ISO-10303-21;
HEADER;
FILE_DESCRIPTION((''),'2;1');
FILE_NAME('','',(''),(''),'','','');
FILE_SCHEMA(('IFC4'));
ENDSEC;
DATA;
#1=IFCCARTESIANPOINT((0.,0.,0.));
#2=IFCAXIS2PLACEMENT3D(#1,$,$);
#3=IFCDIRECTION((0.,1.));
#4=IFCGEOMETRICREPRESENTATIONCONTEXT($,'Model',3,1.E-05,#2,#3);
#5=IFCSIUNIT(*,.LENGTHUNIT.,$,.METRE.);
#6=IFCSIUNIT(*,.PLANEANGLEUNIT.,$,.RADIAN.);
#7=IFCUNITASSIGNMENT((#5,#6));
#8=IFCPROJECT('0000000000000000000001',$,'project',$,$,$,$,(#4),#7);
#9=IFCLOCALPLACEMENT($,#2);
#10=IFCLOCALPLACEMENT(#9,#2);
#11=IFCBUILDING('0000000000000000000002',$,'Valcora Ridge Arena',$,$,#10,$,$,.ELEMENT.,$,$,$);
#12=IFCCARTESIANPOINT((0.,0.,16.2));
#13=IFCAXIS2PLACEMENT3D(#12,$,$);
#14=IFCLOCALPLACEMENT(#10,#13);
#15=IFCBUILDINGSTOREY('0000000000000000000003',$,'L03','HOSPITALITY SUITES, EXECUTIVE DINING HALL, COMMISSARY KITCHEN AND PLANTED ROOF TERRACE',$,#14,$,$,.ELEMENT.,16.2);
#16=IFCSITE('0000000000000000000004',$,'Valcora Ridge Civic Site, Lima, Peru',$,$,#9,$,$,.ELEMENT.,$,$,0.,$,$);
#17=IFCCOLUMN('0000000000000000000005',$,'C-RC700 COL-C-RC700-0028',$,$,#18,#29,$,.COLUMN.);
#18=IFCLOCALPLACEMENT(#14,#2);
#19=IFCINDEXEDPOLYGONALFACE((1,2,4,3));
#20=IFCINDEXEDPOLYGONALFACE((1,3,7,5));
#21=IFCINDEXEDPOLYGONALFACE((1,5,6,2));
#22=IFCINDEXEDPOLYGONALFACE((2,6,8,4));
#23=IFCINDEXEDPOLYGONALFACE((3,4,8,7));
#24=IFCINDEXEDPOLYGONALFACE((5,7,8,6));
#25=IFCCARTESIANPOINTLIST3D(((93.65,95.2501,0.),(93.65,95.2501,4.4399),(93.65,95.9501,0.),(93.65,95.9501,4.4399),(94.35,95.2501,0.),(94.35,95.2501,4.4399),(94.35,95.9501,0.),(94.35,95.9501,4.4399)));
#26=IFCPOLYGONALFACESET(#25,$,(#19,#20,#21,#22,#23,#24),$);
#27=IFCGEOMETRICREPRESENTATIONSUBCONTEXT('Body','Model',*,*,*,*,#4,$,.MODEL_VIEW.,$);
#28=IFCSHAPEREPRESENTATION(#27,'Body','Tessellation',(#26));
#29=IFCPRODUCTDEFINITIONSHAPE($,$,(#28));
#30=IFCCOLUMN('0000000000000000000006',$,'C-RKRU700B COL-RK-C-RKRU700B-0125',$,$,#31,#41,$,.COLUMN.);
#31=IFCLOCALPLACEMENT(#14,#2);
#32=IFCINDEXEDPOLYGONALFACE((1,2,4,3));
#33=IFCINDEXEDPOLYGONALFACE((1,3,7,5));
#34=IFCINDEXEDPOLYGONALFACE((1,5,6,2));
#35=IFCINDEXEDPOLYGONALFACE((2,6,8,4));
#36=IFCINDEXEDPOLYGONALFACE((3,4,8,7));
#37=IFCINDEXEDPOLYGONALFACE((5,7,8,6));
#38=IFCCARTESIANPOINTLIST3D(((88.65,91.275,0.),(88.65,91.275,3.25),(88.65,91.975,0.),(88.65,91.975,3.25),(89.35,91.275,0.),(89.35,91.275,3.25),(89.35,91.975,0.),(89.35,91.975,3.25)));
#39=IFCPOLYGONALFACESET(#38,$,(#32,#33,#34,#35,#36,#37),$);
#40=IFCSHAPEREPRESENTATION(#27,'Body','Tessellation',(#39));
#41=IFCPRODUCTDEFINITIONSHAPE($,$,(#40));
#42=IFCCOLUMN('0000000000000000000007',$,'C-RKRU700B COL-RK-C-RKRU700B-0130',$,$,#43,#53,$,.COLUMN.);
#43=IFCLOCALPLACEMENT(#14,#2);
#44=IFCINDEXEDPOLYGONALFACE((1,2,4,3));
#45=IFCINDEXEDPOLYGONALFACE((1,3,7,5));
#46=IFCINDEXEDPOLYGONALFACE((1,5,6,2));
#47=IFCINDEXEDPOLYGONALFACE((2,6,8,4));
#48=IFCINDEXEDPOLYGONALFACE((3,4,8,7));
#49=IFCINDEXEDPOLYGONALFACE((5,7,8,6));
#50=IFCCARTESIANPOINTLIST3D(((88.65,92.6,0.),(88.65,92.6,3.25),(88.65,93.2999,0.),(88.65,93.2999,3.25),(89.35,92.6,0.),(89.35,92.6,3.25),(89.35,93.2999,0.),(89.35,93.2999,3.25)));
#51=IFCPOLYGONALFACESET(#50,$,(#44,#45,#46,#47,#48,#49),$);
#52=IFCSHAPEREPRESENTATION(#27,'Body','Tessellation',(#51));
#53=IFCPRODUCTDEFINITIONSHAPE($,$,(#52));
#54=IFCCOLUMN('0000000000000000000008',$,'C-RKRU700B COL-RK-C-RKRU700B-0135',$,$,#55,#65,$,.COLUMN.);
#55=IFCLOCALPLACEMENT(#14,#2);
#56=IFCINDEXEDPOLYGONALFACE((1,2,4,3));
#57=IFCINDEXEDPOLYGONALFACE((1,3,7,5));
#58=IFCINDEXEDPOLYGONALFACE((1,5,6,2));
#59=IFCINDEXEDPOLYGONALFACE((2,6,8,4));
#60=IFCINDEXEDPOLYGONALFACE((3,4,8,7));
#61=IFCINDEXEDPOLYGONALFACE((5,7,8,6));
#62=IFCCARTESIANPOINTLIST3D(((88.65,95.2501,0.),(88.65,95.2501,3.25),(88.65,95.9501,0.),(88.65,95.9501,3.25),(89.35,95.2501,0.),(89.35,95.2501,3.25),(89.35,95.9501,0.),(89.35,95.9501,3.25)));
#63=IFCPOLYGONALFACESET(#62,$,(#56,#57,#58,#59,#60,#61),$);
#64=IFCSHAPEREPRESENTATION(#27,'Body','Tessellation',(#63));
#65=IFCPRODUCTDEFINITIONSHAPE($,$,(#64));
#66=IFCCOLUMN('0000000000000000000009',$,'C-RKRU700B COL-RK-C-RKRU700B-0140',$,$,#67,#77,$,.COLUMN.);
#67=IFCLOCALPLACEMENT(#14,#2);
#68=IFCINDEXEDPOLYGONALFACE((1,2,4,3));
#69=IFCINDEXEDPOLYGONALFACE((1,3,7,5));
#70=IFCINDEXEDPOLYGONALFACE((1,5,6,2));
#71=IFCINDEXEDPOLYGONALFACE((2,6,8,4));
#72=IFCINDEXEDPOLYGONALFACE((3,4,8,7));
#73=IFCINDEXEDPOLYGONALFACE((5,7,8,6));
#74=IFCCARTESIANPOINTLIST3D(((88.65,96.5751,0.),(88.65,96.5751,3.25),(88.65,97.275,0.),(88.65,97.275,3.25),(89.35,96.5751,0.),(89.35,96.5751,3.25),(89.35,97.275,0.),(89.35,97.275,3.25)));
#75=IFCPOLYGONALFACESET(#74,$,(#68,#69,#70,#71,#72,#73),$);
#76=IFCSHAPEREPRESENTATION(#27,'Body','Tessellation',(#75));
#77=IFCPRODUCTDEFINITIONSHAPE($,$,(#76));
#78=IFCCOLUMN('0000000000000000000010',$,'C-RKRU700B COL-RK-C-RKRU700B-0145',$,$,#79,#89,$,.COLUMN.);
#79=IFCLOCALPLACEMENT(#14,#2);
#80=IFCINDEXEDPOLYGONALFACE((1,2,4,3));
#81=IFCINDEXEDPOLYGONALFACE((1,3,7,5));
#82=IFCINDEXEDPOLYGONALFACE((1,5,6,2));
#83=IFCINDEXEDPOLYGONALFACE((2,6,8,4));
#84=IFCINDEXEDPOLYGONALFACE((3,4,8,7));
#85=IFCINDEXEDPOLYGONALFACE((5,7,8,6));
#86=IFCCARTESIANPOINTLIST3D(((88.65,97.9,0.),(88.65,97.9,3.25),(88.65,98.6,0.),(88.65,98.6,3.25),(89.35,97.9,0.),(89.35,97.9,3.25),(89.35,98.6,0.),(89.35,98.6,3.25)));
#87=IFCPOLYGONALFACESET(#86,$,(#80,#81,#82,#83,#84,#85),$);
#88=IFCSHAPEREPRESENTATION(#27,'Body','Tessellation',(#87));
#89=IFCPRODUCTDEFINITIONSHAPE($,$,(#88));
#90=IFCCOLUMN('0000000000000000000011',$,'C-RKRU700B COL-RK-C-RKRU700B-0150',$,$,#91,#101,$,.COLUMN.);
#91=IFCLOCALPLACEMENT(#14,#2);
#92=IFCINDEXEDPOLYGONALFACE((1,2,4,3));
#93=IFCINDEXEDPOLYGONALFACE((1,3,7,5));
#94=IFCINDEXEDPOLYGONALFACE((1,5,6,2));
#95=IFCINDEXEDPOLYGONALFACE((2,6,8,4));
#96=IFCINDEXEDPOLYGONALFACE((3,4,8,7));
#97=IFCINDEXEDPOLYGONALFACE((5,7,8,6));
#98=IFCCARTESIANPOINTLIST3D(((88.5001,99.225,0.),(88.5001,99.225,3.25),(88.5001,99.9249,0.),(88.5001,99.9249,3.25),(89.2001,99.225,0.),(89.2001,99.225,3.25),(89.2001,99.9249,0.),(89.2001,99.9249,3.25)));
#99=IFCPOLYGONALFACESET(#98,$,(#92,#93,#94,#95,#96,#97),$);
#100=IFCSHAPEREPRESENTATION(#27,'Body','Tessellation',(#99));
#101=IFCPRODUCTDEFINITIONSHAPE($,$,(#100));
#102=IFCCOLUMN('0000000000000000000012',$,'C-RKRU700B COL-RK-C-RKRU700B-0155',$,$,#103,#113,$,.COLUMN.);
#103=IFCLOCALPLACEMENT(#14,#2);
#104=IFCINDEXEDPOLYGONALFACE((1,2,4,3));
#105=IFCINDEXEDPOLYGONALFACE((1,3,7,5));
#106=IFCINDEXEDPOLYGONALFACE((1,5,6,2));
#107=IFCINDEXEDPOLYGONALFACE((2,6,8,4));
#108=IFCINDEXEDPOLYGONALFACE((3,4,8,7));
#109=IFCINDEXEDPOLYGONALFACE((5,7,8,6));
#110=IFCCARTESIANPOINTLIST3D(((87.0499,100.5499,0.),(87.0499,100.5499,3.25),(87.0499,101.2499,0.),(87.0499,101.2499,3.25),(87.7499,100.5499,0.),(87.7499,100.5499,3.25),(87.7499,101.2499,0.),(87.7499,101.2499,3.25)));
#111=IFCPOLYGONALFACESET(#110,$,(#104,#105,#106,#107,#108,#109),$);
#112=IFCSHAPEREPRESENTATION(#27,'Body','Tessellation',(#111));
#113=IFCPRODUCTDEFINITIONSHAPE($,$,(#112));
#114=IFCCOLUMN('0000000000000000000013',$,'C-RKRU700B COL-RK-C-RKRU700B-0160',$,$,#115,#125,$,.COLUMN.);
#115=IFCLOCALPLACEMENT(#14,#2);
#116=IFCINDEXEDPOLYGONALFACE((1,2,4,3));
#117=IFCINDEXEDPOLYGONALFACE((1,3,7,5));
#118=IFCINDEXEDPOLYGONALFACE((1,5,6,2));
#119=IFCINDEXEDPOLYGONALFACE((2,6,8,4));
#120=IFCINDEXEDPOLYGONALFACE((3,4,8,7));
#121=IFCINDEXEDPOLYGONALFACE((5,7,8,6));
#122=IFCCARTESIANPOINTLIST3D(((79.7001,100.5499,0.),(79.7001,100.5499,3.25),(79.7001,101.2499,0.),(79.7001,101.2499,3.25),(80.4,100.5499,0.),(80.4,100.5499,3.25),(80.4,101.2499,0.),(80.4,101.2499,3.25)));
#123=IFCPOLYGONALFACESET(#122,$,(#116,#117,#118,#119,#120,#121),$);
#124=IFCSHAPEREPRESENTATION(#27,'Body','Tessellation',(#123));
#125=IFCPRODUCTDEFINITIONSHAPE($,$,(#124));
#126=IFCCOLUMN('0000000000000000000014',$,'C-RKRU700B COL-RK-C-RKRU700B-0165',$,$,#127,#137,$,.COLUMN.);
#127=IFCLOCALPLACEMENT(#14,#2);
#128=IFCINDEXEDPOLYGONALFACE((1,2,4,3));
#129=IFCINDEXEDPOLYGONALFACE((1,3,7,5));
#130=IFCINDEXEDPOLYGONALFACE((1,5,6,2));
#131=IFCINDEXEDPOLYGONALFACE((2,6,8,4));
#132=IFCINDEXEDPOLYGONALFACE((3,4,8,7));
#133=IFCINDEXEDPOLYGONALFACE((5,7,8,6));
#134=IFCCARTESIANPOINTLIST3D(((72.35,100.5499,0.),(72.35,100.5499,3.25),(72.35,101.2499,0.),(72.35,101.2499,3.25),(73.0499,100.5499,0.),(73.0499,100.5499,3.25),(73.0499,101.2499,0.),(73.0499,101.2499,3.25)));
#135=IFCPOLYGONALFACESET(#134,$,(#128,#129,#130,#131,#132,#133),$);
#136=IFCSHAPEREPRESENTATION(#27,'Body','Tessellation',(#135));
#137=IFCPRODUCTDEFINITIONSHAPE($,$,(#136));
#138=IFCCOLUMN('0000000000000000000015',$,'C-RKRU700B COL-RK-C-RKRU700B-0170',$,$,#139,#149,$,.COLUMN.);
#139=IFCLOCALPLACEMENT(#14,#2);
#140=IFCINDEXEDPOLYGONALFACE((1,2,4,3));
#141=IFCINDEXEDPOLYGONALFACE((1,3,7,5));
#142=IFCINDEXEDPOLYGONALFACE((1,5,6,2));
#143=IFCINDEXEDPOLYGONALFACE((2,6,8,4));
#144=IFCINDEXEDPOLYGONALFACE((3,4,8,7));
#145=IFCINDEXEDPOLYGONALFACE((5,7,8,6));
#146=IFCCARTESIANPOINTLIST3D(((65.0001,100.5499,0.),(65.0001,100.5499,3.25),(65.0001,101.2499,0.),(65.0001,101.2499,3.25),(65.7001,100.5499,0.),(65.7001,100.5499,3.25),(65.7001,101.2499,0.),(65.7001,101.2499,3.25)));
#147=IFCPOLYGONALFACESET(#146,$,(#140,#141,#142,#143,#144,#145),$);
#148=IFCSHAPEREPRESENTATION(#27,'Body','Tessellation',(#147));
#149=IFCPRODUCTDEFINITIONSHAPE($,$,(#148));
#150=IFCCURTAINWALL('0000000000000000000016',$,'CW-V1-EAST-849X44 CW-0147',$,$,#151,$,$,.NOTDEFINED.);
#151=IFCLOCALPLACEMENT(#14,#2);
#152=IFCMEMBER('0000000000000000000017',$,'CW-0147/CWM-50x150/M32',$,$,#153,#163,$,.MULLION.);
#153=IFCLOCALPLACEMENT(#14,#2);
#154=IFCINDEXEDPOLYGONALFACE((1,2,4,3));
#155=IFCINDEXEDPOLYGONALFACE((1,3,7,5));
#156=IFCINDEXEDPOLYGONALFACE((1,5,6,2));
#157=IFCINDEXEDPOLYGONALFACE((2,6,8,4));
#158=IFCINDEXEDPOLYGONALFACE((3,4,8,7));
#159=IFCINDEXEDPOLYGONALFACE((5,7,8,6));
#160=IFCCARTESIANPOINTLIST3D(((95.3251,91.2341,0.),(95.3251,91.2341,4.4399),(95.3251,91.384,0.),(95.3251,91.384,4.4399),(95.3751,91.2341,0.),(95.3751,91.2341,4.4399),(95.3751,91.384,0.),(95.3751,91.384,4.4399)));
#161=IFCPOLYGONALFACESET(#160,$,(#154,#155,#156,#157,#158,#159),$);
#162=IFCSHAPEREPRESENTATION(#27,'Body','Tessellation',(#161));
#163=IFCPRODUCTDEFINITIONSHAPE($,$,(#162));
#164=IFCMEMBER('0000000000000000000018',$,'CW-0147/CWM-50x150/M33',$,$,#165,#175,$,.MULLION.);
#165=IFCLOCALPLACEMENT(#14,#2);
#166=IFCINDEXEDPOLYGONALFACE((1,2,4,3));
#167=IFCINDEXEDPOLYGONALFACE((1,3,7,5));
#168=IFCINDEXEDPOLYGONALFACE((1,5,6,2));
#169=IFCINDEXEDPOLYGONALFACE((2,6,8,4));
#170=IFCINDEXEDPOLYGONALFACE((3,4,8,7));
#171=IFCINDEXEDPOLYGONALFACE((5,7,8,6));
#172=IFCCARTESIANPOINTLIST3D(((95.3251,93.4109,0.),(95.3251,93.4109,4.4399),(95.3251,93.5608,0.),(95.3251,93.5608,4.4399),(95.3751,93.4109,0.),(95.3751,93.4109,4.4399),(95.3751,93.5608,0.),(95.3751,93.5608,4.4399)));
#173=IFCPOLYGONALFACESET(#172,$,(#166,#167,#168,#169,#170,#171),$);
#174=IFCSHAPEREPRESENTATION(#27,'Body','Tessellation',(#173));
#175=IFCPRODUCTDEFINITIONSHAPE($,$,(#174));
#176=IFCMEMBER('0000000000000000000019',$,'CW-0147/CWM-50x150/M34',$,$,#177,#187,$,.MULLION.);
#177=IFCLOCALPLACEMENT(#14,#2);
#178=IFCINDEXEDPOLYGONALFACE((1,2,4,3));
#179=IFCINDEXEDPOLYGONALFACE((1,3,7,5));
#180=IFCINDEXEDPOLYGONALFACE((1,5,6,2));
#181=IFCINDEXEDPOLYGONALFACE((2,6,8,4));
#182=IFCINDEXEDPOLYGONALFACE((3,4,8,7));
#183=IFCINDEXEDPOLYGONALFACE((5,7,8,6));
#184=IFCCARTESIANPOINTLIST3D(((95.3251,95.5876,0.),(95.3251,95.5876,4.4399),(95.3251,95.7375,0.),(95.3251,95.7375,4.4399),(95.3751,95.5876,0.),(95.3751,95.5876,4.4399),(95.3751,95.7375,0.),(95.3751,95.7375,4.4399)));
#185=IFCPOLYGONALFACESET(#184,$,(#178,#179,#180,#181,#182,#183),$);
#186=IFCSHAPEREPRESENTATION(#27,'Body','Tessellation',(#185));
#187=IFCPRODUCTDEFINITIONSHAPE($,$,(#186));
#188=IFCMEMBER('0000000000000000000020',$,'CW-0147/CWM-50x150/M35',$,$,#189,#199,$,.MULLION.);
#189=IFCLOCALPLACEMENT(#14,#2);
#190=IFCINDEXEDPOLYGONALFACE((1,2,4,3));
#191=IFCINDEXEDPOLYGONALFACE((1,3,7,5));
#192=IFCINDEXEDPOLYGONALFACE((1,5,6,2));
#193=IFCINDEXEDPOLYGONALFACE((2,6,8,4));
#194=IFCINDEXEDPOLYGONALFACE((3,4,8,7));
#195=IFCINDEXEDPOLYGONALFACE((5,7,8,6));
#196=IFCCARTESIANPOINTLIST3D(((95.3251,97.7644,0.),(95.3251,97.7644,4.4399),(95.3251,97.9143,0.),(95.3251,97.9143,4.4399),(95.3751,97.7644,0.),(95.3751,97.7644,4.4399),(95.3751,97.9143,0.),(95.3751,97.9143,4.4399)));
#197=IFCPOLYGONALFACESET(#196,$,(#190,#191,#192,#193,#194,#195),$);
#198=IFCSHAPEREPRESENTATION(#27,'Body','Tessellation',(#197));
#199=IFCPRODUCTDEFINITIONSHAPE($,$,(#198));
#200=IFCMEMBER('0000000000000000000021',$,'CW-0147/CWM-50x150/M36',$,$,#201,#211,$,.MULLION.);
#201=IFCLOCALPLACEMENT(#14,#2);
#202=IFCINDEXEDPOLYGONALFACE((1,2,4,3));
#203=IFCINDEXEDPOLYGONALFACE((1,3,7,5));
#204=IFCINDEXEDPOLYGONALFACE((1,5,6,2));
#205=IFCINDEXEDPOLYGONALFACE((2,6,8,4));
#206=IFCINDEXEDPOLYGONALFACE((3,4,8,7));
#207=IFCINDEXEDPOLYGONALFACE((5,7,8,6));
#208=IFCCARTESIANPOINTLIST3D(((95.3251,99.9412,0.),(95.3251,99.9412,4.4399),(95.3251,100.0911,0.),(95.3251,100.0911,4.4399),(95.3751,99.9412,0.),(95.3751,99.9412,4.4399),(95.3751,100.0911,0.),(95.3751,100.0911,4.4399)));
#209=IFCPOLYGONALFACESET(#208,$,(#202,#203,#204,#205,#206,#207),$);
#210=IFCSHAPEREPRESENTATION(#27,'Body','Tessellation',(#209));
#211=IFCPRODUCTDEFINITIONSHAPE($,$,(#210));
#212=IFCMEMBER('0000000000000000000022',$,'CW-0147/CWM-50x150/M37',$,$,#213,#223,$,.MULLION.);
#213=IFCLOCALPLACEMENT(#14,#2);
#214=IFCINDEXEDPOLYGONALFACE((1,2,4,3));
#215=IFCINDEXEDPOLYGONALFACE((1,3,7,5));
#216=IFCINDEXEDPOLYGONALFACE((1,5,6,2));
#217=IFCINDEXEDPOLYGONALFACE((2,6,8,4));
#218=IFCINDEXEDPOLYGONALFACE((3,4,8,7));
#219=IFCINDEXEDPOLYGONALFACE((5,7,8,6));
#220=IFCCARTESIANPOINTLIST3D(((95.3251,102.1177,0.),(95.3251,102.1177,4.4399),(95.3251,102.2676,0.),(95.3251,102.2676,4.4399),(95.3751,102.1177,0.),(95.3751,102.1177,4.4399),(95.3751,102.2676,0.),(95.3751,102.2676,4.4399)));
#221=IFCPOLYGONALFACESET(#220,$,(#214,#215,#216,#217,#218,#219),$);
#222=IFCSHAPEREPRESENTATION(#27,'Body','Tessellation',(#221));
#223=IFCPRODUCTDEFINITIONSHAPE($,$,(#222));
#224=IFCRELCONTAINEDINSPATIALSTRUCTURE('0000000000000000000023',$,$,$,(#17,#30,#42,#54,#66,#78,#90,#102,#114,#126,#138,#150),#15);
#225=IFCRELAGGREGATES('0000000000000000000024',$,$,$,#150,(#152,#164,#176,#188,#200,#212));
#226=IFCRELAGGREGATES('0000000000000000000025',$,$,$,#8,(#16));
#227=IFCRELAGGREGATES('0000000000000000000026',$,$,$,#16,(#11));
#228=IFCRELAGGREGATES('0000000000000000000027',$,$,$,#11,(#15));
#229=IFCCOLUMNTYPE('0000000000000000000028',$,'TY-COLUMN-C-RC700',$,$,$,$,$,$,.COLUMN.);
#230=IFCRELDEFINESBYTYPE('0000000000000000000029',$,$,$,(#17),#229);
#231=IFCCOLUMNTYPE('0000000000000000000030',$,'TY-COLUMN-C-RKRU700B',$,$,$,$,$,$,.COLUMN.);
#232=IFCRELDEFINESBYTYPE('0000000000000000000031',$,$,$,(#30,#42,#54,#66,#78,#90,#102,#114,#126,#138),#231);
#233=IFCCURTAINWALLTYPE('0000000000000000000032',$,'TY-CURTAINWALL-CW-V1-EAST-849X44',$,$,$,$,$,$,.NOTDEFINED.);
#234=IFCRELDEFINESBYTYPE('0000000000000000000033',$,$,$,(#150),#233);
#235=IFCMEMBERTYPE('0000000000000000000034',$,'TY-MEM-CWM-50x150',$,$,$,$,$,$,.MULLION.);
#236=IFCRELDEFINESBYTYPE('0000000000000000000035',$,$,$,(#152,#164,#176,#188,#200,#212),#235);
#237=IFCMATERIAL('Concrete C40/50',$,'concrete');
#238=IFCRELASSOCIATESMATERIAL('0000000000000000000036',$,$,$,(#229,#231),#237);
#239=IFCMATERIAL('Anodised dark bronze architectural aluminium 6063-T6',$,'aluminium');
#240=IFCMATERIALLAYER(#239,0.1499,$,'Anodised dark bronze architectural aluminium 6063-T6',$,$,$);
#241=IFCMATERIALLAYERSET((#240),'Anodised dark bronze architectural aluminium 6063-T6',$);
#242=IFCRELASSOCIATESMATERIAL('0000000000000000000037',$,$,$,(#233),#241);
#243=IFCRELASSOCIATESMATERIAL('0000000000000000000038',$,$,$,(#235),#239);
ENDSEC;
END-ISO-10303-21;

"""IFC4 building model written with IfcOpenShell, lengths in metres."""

from ifc_helpers import new_model, si_unit, direction, frame, origin, origin_2d, place, context, subcontext, project, spatial, rectangle, extrude, material, layer, layer_set, material_profile, profile_set, type_object, element, aggregate, save


model = new_model("IFC4")

# Units and contexts
model_context = context("Model", 3, precision=1e-05, world=origin(), true_north=direction((0.0, 1.0)))
body_context = subcontext(model_context, "Body", "Model", "MODEL_VIEW")
ifc_project = project(units=[si_unit("LENGTHUNIT", "METRE"), si_unit("PLANEANGLEUNIT", "RADIAN")], contexts=[model_context])

# Site, building, storey
site_placement = place(None, origin())
site = spatial("IfcSite", under=ifc_project, at=site_placement, Name="Valcora Ridge Civic Site, Lima, Peru", CompositionType="ELEMENT", RefElevation=0.0)
building_placement = place(site_placement, origin())
building = spatial("IfcBuilding", under=site, at=building_placement, Name="Valcora Ridge Arena", CompositionType="ELEMENT")
storey_placement = place(building_placement, frame((0.0, 0.0, 16.2)))
storey = spatial("IfcBuildingStorey", under=building, at=storey_placement, Name="L03", Description="HOSPITALITY SUITES, EXECUTIVE DINING HALL, COMMISSARY KITCHEN AND PLANTED ROOF TERRACE", CompositionType="ELEMENT", Elevation=16.2)

# Columns
ifc_material_1 = material(Name="Concrete C40/50", Category="concrete")
ifc_material_profile_1 = material_profile(ifc_material_1, rectangle(XDim=0.7, YDim=0.7, at=origin_2d()), Name="RC 700x700")
ifc_profile_set_1 = profile_set([ifc_material_profile_1], Name="Concrete C40/50")
column_type_1 = type_object("IfcColumnType", Name="TY-COLUMN-C-RC700", PredefinedType="COLUMN", material=ifc_profile_set_1)
column_placement = place(storey_placement, frame((94.0, 95.6001, 0.0), z_axis=(0.0, 0.0, 1.0), x_axis=(1.0, 0.0, 0.0)))
element("IfcColumn", 1, at=column_placement, inside=storey, type_object=column_type_1, Name="C-RC700 COL-C-RC700-0028", PredefinedType="COLUMN", context=body_context, shape_type="SweptSolid", body=[
    extrude(rectangle(XDim=0.7, YDim=0.7, at=origin_2d()), origin(), (0.0, 0.0, 1.0), 4.4399),
])
ifc_material_profile_2 = material_profile(ifc_material_1, rectangle(XDim=0.7, YDim=0.7, at=origin_2d()), Name="RC 700x700")
ifc_profile_set_2 = profile_set([ifc_material_profile_2], Name="Concrete C40/50")
column_type_2 = type_object("IfcColumnType", Name="TY-COLUMN-C-RKRU700B", PredefinedType="COLUMN", material=ifc_profile_set_2)
for number, where, z_axis, x_axis, name in (
    (2, (89.0, 91.625, 0.0), (0.0, 0.0, 1.0), (1.0, 0.0, 0.0), "C-RKRU700B COL-RK-C-RKRU700B-0125"),
    (3, (89.0, 92.95, 0.0), (0.0, 0.0, 1.0), (1.0, 0.0, 0.0), "C-RKRU700B COL-RK-C-RKRU700B-0130"),
    (4, (89.0, 95.6001, 0.0), (0.0, 0.0, 1.0), (1.0, 0.0, 0.0), "C-RKRU700B COL-RK-C-RKRU700B-0135"),
    (5, (89.0, 96.925, 0.0), (0.0, 0.0, 1.0), (1.0, 0.0, 0.0), "C-RKRU700B COL-RK-C-RKRU700B-0140"),
    (6, (89.0, 98.25, 0.0), (0.0, 0.0, 1.0), (1.0, 0.0, 0.0), "C-RKRU700B COL-RK-C-RKRU700B-0145"),
    (7, (88.8501, 99.575, 0.0), (0.0, 0.0, 1.0), (1.0, 0.0, 0.0), "C-RKRU700B COL-RK-C-RKRU700B-0150"),
    (8, (87.3999, 100.8999, 0.0), (0.0, 0.0, 1.0), (1.0, 0.0, 0.0), "C-RKRU700B COL-RK-C-RKRU700B-0155"),
    (9, (80.05, 100.8999, 0.0), (0.0, 0.0, 1.0), (1.0, 0.0, 0.0), "C-RKRU700B COL-RK-C-RKRU700B-0160"),
    (10, (72.7, 100.8999, 0.0), (0.0, 0.0, 1.0), (1.0, 0.0, 0.0), "C-RKRU700B COL-RK-C-RKRU700B-0165"),
    (11, (65.3501, 100.8999, 0.0), (0.0, 0.0, 1.0), (1.0, 0.0, 0.0), "C-RKRU700B COL-RK-C-RKRU700B-0170"),
):
    element("IfcColumn", number, at=place(storey_placement, frame(where, z_axis=z_axis, x_axis=x_axis)), inside=storey, type_object=column_type_2, Name=name, PredefinedType="COLUMN", context=body_context, shape_type="SweptSolid", body=[
        extrude(rectangle(XDim=0.7, YDim=0.7, at=origin_2d()), origin(), (0.0, 0.0, 1.0), 3.25),
    ])

# Curtain wall, members
ifc_material_2 = material(Name="Anodised dark bronze architectural aluminium 6063-T6", Category="aluminium")
ifc_layer_1 = layer(ifc_material_2, 0.1499, Name="Anodised dark bronze architectural aluminium 6063-T6")
ifc_layer_set_1 = layer_set([ifc_layer_1], Name="Anodised dark bronze architectural aluminium 6063-T6")
curtain_wall_type = type_object("IfcCurtainWallType", Name="TY-CURTAINWALL-CW-V1-EAST-849X44", PredefinedType="NOTDEFINED", material=ifc_layer_set_1)
curtain_wall_placement = place(storey_placement, origin())
curtain_wall = element("IfcCurtainWall", 12, at=curtain_wall_placement, inside=storey, type_object=curtain_wall_type, Name="CW-V1-EAST-849X44 CW-0147", PredefinedType="NOTDEFINED")
ifc_material_profile_3 = material_profile(ifc_material_2, rectangle(XDim=0.05, YDim=0.1499, at=origin_2d()), Name="ALU MULLION 50x150")
ifc_profile_set_3 = profile_set([ifc_material_profile_3], Name="Anodised dark bronze architectural aluminium 6063-T6")
member_type_1 = type_object("IfcMemberType", Name="TY-MEM-CWM-50x150", PredefinedType="MULLION", material=ifc_profile_set_3)
member_1_placement = place(storey_placement, frame((95.3501, 91.3091, 0.0), z_axis=(0.0, 0.0, 1.0), x_axis=(-1.0, 0.0, 0.0)))
member_1 = element("IfcMember", 13, at=member_1_placement, type_object=member_type_1, Name="CW-0147/CWM-50x150/M32", PredefinedType="MULLION", context=body_context, shape_type="SweptSolid", body=[
    extrude(rectangle(XDim=0.05, YDim=0.1499, at=origin_2d()), origin(), (0.0, 0.0, 1.0), 4.4399),
])
member_2_placement = place(storey_placement, frame((95.3501, 93.4858, 0.0), z_axis=(0.0, 0.0, 1.0), x_axis=(-1.0, 0.0, 0.0)))
member_2 = element("IfcMember", 14, at=member_2_placement, type_object=member_type_1, Name="CW-0147/CWM-50x150/M33", PredefinedType="MULLION", context=body_context, shape_type="SweptSolid", body=[
    extrude(rectangle(XDim=0.05, YDim=0.1499, at=origin_2d()), origin(), (0.0, 0.0, 1.0), 4.4399),
])
member_3_placement = place(storey_placement, frame((95.3501, 95.6626, 0.0), z_axis=(0.0, 0.0, 1.0), x_axis=(-1.0, 0.0, 0.0)))
member_3 = element("IfcMember", 15, at=member_3_placement, type_object=member_type_1, Name="CW-0147/CWM-50x150/M34", PredefinedType="MULLION", context=body_context, shape_type="SweptSolid", body=[
    extrude(rectangle(XDim=0.05, YDim=0.1499, at=origin_2d()), origin(), (0.0, 0.0, 1.0), 4.4399),
])
member_4_placement = place(storey_placement, frame((95.3501, 97.8394, 0.0), z_axis=(0.0, 0.0, 1.0), x_axis=(-1.0, 0.0, 0.0)))
member_4 = element("IfcMember", 16, at=member_4_placement, type_object=member_type_1, Name="CW-0147/CWM-50x150/M35", PredefinedType="MULLION", context=body_context, shape_type="SweptSolid", body=[
    extrude(rectangle(XDim=0.05, YDim=0.1499, at=origin_2d()), origin(), (0.0, 0.0, 1.0), 4.4399),
])
member_5_placement = place(storey_placement, frame((95.3501, 100.0161, 0.0), z_axis=(0.0, 0.0, 1.0), x_axis=(-1.0, 0.0, 0.0)))
member_5 = element("IfcMember", 17, at=member_5_placement, type_object=member_type_1, Name="CW-0147/CWM-50x150/M36", PredefinedType="MULLION", context=body_context, shape_type="SweptSolid", body=[
    extrude(rectangle(XDim=0.05, YDim=0.1499, at=origin_2d()), origin(), (0.0, 0.0, 1.0), 4.4399),
])
member_6_placement = place(storey_placement, frame((95.3501, 102.1926, 0.0), z_axis=(0.0, 0.0, 1.0), x_axis=(-1.0, 0.0, 0.0)))
member_6 = element("IfcMember", 18, at=member_6_placement, type_object=member_type_1, Name="CW-0147/CWM-50x150/M37", PredefinedType="MULLION", context=body_context, shape_type="SweptSolid", body=[
    extrude(rectangle(XDim=0.05, YDim=0.1499, at=origin_2d()), origin(), (0.0, 0.0, 1.0), 4.4399),
])
aggregate(curtain_wall, [member_1, member_2, member_3, member_4, member_5, member_6])

save(model, "model.ifc")
